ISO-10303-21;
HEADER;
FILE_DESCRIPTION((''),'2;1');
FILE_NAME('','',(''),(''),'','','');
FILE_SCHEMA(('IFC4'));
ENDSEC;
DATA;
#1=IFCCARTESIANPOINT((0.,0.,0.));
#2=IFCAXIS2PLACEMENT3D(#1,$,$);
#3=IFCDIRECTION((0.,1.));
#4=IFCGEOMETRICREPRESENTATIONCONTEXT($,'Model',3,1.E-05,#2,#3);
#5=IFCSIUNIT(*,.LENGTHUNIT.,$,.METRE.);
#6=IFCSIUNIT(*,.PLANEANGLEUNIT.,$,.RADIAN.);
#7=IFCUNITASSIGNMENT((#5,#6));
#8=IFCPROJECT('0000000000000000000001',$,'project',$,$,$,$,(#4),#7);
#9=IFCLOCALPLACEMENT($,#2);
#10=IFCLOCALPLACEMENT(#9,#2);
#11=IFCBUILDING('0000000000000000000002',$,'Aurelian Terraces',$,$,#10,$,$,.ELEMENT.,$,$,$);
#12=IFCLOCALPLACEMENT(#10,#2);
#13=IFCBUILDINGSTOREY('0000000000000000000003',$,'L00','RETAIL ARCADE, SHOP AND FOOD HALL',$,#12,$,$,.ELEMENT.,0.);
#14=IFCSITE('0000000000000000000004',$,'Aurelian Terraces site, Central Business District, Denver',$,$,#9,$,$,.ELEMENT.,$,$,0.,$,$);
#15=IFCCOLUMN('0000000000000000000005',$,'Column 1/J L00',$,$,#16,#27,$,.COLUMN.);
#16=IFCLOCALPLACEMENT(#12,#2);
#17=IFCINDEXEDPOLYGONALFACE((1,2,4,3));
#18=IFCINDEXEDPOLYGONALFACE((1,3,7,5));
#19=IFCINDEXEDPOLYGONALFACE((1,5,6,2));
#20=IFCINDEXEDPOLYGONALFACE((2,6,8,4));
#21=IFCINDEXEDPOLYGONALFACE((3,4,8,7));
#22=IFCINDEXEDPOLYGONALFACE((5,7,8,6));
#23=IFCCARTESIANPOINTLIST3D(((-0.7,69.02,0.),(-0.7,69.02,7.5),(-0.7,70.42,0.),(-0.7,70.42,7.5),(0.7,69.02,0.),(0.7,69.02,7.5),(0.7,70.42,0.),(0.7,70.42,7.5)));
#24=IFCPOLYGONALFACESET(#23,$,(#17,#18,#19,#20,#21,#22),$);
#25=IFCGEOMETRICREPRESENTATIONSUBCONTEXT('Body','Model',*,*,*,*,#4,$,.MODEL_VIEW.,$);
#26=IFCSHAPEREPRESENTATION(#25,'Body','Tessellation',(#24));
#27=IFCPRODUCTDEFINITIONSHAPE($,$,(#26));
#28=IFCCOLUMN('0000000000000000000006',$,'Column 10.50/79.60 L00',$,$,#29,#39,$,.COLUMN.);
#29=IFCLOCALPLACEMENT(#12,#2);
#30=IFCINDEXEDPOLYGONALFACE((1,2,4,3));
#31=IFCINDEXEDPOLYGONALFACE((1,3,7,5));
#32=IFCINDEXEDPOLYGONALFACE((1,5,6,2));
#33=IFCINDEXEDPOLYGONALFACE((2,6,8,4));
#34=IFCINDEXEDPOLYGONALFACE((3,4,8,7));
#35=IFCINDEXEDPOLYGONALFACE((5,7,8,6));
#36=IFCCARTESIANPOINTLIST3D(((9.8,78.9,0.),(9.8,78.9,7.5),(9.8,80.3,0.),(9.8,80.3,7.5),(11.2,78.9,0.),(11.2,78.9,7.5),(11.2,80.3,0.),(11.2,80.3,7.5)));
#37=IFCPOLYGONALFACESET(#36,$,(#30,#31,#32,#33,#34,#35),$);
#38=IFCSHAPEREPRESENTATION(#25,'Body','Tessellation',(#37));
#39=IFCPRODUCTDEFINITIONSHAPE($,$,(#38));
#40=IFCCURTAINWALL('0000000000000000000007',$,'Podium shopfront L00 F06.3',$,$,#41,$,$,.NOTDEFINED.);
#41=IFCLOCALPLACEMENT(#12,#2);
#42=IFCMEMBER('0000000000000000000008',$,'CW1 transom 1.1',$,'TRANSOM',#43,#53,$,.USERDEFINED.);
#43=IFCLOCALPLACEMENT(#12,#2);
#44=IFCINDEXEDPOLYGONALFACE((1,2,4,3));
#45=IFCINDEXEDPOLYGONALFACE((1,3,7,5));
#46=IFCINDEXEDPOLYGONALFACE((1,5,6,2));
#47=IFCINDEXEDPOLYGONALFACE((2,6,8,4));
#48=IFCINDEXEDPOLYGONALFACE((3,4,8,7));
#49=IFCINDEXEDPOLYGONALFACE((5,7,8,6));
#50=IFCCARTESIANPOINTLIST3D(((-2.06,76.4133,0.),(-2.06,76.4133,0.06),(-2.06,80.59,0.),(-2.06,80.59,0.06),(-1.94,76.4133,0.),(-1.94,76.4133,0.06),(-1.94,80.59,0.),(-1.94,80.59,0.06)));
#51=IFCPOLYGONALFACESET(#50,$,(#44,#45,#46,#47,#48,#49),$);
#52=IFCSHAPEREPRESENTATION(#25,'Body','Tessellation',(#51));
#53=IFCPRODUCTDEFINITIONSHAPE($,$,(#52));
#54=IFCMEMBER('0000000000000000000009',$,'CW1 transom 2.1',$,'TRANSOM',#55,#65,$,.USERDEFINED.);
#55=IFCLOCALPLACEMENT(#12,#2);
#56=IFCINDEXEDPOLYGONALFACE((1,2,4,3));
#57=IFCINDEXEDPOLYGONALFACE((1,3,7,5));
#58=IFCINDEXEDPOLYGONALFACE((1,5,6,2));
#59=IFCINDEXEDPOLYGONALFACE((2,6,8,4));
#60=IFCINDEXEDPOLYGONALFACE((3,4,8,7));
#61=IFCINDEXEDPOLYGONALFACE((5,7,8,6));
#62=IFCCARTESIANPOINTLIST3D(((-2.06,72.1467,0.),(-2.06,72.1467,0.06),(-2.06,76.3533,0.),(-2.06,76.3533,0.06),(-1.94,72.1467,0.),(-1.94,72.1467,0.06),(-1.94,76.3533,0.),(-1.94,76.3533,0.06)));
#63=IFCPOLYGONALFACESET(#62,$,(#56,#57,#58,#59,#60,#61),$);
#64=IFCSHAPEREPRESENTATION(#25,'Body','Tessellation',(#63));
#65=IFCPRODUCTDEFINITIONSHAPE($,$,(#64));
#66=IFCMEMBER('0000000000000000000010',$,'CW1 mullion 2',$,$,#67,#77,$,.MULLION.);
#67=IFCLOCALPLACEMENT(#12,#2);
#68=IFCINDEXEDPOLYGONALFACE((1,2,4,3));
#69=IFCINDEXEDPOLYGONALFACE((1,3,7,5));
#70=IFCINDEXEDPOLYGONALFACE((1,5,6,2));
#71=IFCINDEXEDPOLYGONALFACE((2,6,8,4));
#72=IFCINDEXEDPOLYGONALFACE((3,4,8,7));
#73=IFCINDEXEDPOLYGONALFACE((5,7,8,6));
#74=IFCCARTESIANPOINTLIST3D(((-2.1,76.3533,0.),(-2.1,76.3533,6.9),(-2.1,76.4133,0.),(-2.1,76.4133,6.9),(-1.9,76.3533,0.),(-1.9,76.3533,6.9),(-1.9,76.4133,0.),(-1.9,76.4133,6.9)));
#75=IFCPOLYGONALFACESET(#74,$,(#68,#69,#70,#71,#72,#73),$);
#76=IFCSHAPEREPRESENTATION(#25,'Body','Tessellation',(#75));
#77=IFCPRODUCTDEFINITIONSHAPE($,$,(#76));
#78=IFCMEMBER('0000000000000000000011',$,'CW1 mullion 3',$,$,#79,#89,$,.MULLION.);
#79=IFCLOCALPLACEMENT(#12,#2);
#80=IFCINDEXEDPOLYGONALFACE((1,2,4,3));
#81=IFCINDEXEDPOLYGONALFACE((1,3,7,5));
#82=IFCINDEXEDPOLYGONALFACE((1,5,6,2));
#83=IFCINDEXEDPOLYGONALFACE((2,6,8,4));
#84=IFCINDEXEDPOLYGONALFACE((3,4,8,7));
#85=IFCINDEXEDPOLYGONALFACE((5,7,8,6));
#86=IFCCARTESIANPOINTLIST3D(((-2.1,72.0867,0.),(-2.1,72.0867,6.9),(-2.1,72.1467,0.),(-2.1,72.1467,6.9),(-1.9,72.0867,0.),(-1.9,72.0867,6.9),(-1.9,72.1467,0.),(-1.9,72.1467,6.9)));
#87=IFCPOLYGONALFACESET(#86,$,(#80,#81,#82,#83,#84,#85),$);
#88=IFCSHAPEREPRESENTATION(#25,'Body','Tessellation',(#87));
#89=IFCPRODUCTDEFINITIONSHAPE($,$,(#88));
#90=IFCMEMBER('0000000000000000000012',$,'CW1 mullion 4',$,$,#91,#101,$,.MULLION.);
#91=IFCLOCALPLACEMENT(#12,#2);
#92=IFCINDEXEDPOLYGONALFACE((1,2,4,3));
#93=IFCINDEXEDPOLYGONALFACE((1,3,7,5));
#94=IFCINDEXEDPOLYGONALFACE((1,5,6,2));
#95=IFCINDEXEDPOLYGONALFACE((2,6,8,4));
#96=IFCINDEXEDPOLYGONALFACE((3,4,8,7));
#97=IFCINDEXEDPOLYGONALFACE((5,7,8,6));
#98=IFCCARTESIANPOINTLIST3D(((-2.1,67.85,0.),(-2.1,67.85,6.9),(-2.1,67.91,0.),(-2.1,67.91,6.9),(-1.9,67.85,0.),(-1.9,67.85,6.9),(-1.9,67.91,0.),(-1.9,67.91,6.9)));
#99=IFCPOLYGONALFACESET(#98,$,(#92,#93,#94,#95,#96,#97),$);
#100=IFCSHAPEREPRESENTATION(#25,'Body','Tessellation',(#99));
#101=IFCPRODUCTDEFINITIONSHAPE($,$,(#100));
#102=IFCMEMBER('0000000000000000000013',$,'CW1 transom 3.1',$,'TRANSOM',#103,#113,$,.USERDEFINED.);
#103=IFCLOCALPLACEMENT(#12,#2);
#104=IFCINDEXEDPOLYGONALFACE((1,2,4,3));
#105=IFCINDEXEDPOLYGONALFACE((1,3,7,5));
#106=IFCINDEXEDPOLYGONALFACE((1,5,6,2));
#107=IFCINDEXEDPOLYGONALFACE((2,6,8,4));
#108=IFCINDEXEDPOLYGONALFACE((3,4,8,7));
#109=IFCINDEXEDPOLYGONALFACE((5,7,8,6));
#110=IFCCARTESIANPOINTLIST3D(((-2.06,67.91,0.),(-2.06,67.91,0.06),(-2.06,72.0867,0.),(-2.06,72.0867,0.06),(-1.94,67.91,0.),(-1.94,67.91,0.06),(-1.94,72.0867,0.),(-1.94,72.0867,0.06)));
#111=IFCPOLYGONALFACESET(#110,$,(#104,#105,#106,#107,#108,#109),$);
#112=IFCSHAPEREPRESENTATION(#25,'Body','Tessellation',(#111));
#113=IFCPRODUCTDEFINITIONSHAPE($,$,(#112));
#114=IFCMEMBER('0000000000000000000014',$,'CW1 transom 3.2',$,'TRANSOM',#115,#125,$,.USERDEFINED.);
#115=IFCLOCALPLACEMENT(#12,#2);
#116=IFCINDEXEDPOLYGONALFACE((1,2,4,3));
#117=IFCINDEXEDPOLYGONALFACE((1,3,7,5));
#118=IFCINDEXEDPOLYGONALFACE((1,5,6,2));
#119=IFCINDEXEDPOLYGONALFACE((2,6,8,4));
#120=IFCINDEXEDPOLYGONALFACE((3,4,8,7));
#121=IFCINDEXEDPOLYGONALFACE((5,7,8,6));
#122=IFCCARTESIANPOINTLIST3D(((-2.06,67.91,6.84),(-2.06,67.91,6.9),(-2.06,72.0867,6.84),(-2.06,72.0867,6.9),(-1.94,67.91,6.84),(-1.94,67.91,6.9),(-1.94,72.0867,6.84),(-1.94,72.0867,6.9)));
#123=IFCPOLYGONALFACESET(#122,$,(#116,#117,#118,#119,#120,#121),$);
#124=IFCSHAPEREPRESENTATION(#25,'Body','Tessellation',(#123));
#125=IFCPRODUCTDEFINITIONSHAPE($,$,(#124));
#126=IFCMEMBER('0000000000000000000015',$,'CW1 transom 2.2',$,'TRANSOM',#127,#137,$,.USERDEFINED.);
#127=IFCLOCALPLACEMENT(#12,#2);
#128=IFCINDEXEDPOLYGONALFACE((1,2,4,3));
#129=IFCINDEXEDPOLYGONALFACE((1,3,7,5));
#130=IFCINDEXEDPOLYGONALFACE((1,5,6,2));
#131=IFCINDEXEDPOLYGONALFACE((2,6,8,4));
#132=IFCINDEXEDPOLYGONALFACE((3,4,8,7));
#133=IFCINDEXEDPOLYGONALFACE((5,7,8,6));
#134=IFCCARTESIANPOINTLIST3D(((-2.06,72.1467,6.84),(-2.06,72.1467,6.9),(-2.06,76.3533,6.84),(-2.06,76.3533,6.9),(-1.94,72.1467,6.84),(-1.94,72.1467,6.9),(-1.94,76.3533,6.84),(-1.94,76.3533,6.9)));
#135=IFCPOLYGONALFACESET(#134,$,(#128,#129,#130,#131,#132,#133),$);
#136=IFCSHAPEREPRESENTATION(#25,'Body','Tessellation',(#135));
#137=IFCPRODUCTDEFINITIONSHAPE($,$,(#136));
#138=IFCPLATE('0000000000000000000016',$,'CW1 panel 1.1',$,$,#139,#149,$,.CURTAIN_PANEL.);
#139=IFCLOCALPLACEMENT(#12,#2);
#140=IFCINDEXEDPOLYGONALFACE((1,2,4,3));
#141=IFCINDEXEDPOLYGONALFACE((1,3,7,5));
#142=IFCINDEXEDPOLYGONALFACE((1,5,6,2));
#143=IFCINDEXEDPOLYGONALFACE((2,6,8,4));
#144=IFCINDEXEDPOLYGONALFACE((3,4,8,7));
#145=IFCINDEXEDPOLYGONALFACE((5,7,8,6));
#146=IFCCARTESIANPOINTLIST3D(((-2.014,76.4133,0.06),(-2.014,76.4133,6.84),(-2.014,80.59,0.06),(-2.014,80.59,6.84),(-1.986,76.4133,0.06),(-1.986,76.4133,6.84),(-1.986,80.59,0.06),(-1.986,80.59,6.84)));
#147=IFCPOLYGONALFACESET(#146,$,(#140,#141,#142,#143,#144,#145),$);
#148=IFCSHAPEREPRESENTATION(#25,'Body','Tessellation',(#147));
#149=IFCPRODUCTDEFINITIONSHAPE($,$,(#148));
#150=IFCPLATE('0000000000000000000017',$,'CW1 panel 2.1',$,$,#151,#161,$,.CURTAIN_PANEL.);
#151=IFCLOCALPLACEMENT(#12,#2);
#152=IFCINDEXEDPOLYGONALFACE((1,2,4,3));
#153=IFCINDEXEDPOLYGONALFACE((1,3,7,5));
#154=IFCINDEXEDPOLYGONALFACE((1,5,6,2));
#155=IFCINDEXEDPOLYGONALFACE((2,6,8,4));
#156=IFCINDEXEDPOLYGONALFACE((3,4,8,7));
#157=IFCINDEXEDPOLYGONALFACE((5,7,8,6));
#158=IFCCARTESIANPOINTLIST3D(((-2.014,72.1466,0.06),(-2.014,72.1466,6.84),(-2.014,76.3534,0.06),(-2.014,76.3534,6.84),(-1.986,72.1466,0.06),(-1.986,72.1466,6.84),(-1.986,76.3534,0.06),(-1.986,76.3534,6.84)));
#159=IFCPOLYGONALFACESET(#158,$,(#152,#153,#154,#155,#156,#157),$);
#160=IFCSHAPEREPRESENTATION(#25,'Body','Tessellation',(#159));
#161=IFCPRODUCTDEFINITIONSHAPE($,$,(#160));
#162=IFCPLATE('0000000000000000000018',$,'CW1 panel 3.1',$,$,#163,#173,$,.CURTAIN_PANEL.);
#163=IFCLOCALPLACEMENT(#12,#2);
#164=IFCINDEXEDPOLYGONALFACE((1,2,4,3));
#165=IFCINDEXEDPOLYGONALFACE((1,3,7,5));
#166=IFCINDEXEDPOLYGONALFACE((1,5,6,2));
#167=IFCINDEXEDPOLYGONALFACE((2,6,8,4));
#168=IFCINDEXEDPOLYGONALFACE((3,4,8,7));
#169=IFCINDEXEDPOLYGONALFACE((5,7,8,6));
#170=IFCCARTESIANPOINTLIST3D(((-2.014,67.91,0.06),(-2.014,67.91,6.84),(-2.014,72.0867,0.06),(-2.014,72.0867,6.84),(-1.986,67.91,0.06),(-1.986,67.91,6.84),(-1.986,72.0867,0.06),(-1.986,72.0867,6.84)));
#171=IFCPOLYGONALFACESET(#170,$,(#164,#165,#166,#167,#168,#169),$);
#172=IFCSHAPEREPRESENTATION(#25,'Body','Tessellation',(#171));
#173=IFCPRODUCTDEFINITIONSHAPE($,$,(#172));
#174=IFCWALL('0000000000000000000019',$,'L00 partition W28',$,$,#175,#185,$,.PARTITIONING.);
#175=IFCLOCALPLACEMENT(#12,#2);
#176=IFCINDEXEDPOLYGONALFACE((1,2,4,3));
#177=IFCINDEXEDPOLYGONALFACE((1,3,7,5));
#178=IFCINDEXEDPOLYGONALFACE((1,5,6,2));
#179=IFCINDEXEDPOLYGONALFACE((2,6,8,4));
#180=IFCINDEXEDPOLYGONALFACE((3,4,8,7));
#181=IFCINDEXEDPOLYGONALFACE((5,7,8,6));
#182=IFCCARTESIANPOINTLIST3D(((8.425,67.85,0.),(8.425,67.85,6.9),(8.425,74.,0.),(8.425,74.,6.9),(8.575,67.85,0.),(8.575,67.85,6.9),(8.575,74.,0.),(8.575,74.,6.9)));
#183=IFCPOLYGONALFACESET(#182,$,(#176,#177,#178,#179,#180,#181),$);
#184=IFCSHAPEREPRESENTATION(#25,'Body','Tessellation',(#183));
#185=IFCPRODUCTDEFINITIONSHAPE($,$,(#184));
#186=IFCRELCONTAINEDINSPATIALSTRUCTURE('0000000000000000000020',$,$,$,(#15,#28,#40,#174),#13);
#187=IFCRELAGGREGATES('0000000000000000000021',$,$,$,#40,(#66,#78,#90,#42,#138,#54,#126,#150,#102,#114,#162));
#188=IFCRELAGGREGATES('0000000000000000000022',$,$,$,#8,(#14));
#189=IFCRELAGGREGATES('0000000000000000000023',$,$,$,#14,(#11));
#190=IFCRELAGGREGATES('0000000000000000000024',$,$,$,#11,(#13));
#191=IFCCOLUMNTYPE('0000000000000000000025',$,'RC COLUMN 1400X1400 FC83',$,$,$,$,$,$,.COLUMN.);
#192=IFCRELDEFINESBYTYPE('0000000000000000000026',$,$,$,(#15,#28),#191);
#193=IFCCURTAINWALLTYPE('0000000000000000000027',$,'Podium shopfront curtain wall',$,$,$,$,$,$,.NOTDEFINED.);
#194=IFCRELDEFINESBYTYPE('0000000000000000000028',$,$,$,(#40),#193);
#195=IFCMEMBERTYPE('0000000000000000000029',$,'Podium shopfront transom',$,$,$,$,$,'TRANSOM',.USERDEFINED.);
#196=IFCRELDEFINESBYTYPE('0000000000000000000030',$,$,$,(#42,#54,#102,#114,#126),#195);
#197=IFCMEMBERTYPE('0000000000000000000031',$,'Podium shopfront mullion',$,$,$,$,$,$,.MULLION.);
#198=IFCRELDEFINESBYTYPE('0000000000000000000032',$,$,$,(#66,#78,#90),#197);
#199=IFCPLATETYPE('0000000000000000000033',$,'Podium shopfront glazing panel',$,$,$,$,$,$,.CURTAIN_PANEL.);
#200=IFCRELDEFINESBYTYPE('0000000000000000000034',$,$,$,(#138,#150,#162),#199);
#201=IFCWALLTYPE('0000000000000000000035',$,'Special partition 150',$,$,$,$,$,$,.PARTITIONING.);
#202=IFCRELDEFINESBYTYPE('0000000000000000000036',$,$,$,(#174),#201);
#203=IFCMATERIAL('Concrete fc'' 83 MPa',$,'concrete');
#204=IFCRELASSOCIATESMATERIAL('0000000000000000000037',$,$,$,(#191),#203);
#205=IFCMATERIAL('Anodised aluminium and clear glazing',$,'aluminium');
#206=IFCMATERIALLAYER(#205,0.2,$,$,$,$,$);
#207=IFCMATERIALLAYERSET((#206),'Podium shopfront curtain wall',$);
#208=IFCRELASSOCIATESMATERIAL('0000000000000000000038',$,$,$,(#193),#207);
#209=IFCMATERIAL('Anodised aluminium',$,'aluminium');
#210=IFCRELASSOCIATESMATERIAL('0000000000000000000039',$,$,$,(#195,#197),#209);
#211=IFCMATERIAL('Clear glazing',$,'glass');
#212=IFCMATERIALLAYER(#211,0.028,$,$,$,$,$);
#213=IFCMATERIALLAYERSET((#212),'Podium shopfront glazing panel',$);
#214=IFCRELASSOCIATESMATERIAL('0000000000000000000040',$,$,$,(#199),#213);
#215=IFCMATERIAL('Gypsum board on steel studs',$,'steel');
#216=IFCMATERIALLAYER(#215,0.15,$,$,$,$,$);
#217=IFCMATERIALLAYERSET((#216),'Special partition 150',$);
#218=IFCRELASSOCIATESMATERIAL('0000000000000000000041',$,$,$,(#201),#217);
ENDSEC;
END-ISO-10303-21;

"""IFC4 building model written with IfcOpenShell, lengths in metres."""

from ifc_helpers import new_model, si_unit, direction, frame, frame_2d, origin, origin_2d, place, context, subcontext, project, spatial, rectangle, extrude, source, transform, mapped, material, layer, layer_set, material_profile, profile_set, type_object, element, aggregate, save


model = new_model("IFC4")

# Units and contexts
model_context = context("Model", 3, precision=1e-05, world=origin(), true_north=direction((0.0, 1.0)))
body_context = subcontext(model_context, "Body", "Model", "MODEL_VIEW")
ifc_project = project(units=[si_unit("LENGTHUNIT", "METRE"), si_unit("PLANEANGLEUNIT", "RADIAN")], contexts=[model_context])

# Site, building, storey
site_placement = place(None, origin())
site = spatial("IfcSite", under=ifc_project, at=site_placement, Name="Aurelian Terraces site, Central Business District, Denver", CompositionType="ELEMENT", RefElevation=0.0)
building_placement = place(site_placement, origin())
building = spatial("IfcBuilding", under=site, at=building_placement, Name="Aurelian Terraces", CompositionType="ELEMENT")
storey_placement = place(building_placement, origin())
storey = spatial("IfcBuildingStorey", under=building, at=storey_placement, Name="L00", Description="RETAIL ARCADE, SHOP AND FOOD HALL", CompositionType="ELEMENT", Elevation=0.0)

# Columns
ifc_material_1 = material(Name="Concrete fc' 83 MPa", Category="concrete")
ifc_material_profile_1 = material_profile(ifc_material_1, rectangle(XDim=1.4, YDim=1.4, at=origin_2d()))
ifc_profile_set_1 = profile_set([ifc_material_profile_1], Name="Concrete fc' 83 MPa")
column_type = type_object("IfcColumnType", Name="RC COLUMN 1400X1400 FC83", PredefinedType="COLUMN", material=ifc_profile_set_1)
shared_shape_1 = source(origin(), body_context, "Body", "SweptSolid", [
    extrude(rectangle(XDim=1.4, YDim=1.4, at=origin_2d()), origin(), (0.0, 0.0, 1.0), 7.5),
])
for number, where, z_axis, x_axis, name in (
    (1, (0.0, 69.72, 0.0), (0.0, 0.0, 1.0), (1.0, 0.0, 0.0), "Column 1/J L00"),
    (2, (10.5, 79.6, 0.0), (0.0, 0.0, 1.0), (1.0, 0.0, 0.0), "Column 10.50/79.60 L00"),
):
    element("IfcColumn", number, at=place(storey_placement, frame(where, z_axis=z_axis, x_axis=x_axis)), inside=storey, type_object=column_type, Name=name, PredefinedType="COLUMN", context=body_context, shape_type="MappedRepresentation", body=[
        mapped(shared_shape_1, transform((0.0, 0.0, 0.0), scale=1.0)),
    ])

# Curtain wall, members, plates
ifc_material_2 = material(Name="Anodised aluminium and clear glazing", Category="aluminium")
ifc_layer_1 = layer(ifc_material_2, 0.2)
ifc_layer_set_1 = layer_set([ifc_layer_1], Name="Podium shopfront curtain wall")
curtain_wall_type = type_object("IfcCurtainWallType", Name="Podium shopfront curtain wall", PredefinedType="NOTDEFINED", material=ifc_layer_set_1)
curtain_wall_placement = place(storey_placement, origin())
curtain_wall = element("IfcCurtainWall", 3, at=curtain_wall_placement, inside=storey, type_object=curtain_wall_type, Name="Podium shopfront L00 F06.3", PredefinedType="NOTDEFINED")
ifc_material_3 = material(Name="Anodised aluminium", Category="aluminium")
ifc_material_profile_2 = material_profile(ifc_material_3, rectangle(XDim=0.12, YDim=0.06, at=origin_2d()))
ifc_profile_set_2 = profile_set([ifc_material_profile_2], Name="Anodised aluminium")
member_type_1 = type_object("IfcMemberType", Name="Podium shopfront transom", ElementType="TRANSOM", PredefinedType="USERDEFINED", material=ifc_profile_set_2)
member_1_placement = place(storey_placement, frame((-2.0, 80.59, 0.03), z_axis=(0.0, -1.0, 0.0), x_axis=(1.0, 0.0, 0.0)))
member_1 = element("IfcMember", 4, at=member_1_placement, type_object=member_type_1, Name="CW1 transom 1.1", ObjectType="TRANSOM", PredefinedType="USERDEFINED", context=body_context, shape_type="SweptSolid", body=[
    extrude(rectangle(XDim=0.12, YDim=0.06, at=origin_2d()), origin(), (0.0, 0.0, 1.0), 4.1767),
])
member_2_placement = place(storey_placement, frame((-2.0, 76.3533, 0.03), z_axis=(0.0, -1.0, 0.0), x_axis=(1.0, 0.0, 0.0)))
member_2 = element("IfcMember", 5, at=member_2_placement, type_object=member_type_1, Name="CW1 transom 2.1", ObjectType="TRANSOM", PredefinedType="USERDEFINED", context=body_context, shape_type="SweptSolid", body=[
    extrude(rectangle(XDim=0.12, YDim=0.06, at=origin_2d()), origin(), (0.0, 0.0, 1.0), 4.2066),
])
ifc_material_profile_3 = material_profile(ifc_material_3, rectangle(XDim=0.2, YDim=0.06, at=origin_2d()))
ifc_profile_set_3 = profile_set([ifc_material_profile_3], Name="Anodised aluminium")
member_type_2 = type_object("IfcMemberType", Name="Podium shopfront mullion", PredefinedType="MULLION", material=ifc_profile_set_3)
shared_shape_2 = source(origin(), body_context, "Body", "SweptSolid", [
    extrude(rectangle(XDim=0.2, YDim=0.06, at=origin_2d()), origin(), (0.0, 0.0, 1.0), 6.9),
])
member_3_placement = place(storey_placement, frame((-2.0, 76.3833, 0.0), z_axis=(0.0, 0.0, 1.0), x_axis=(1.0, 0.0, 0.0)))
member_3 = element("IfcMember", 6, at=member_3_placement, type_object=member_type_2, Name="CW1 mullion 2", PredefinedType="MULLION", context=body_context, shape_type="MappedRepresentation", body=[
    mapped(shared_shape_2, transform((0.0, 0.0, 0.0), scale=1.0)),
])
member_4_placement = place(storey_placement, frame((-2.0, 72.1167, 0.0), z_axis=(0.0, 0.0, 1.0), x_axis=(1.0, 0.0, 0.0)))
member_4 = element("IfcMember", 7, at=member_4_placement, type_object=member_type_2, Name="CW1 mullion 3", PredefinedType="MULLION", context=body_context, shape_type="MappedRepresentation", body=[
    mapped(shared_shape_2, transform((0.0, 0.0, 0.0), scale=1.0)),
])
member_5_placement = place(storey_placement, frame((-2.0, 67.88, 0.0), z_axis=(0.0, 0.0, 1.0), x_axis=(1.0, 0.0, 0.0)))
member_5 = element("IfcMember", 8, at=member_5_placement, type_object=member_type_2, Name="CW1 mullion 4", PredefinedType="MULLION", context=body_context, shape_type="MappedRepresentation", body=[
    mapped(shared_shape_2, transform((0.0, 0.0, 0.0), scale=1.0)),
])
shared_shape_3 = source(origin(), body_context, "Body", "SweptSolid", [
    extrude(rectangle(XDim=0.12, YDim=0.06, at=origin_2d()), origin(), (0.0, 0.0, 1.0), 4.1767),
])
member_6_placement = place(storey_placement, frame((-2.0, 72.0867, 0.03), z_axis=(0.0, -1.0, 0.0), x_axis=(1.0, 0.0, 0.0)))
member_6 = element("IfcMember", 9, at=member_6_placement, type_object=member_type_1, Name="CW1 transom 3.1", ObjectType="TRANSOM", PredefinedType="USERDEFINED", context=body_context, shape_type="MappedRepresentation", body=[
    mapped(shared_shape_3, transform((0.0, 0.0, 0.0), scale=1.0)),
])
member_7_placement = place(storey_placement, frame((-2.0, 72.0867, 6.87), z_axis=(0.0, -1.0, 0.0), x_axis=(1.0, 0.0, 0.0)))
member_7 = element("IfcMember", 10, at=member_7_placement, type_object=member_type_1, Name="CW1 transom 3.2", ObjectType="TRANSOM", PredefinedType="USERDEFINED", context=body_context, shape_type="MappedRepresentation", body=[
    mapped(shared_shape_3, transform((0.0, 0.0, 0.0), scale=1.0)),
])
shared_shape_4 = source(origin(), body_context, "Body", "SweptSolid", [
    extrude(rectangle(XDim=0.12, YDim=0.06, at=origin_2d()), origin(), (0.0, 0.0, 1.0), 4.2066),
])
member_8_placement = place(storey_placement, frame((-2.0, 76.3533, 6.87), z_axis=(0.0, -1.0, 0.0), x_axis=(1.0, 0.0, 0.0)))
member_8 = element("IfcMember", 11, at=member_8_placement, type_object=member_type_1, Name="CW1 transom 2.2", ObjectType="TRANSOM", PredefinedType="USERDEFINED", context=body_context, shape_type="MappedRepresentation", body=[
    mapped(shared_shape_4, transform((0.0, 0.0, 0.0), scale=1.0)),
])
ifc_material_4 = material(Name="Clear glazing", Category="glass")
ifc_layer_2 = layer(ifc_material_4, 0.028)
ifc_layer_set_2 = layer_set([ifc_layer_2], Name="Podium shopfront glazing panel")
plate_type = type_object("IfcPlateType", Name="Podium shopfront glazing panel", PredefinedType="CURTAIN_PANEL", material=ifc_layer_set_2)
plate_1_placement = place(storey_placement, frame((-2.0, 78.5017, 0.06), z_axis=(0.0, 0.0, 1.0), x_axis=(0.0, -1.0, 0.0)))
plate_1 = element("IfcPlate", 12, at=plate_1_placement, type_object=plate_type, Name="CW1 panel 1.1", PredefinedType="CURTAIN_PANEL", context=body_context, shape_type="SweptSolid", body=[
    extrude(rectangle(XDim=4.1767, YDim=0.028, at=origin_2d()), origin(), (0.0, 0.0, 1.0), 6.78),
])
plate_2_placement = place(storey_placement, frame((-2.0, 74.25, 0.06), z_axis=(0.0, 0.0, 1.0), x_axis=(0.0, -1.0, 0.0)))
plate_2 = element("IfcPlate", 13, at=plate_2_placement, type_object=plate_type, Name="CW1 panel 2.1", PredefinedType="CURTAIN_PANEL", context=body_context, shape_type="SweptSolid", body=[
    extrude(rectangle(XDim=4.2067, YDim=0.028, at=origin_2d()), origin(), (0.0, 0.0, 1.0), 6.78),
])
shared_shape_5 = source(origin(), body_context, "Body", "SweptSolid", [
    extrude(rectangle(XDim=4.1767, YDim=0.028, at=origin_2d()), origin(), (0.0, 0.0, 1.0), 6.78),
])
plate_3_placement = place(storey_placement, frame((-2.0, 69.9983, 0.06), z_axis=(0.0, 0.0, 1.0), x_axis=(0.0, -1.0, 0.0)))
plate_3 = element("IfcPlate", 14, at=plate_3_placement, type_object=plate_type, Name="CW1 panel 3.1", PredefinedType="CURTAIN_PANEL", context=body_context, shape_type="MappedRepresentation", body=[
    mapped(shared_shape_5, transform((0.0, 0.0, 0.0), scale=1.0)),
])
aggregate(curtain_wall, [member_3, member_4, member_5, member_1, plate_1, member_2, member_8, plate_2, member_6, member_7, plate_3])

# Wall
ifc_material_5 = material(Name="Gypsum board on steel studs", Category="steel")
ifc_layer_3 = layer(ifc_material_5, 0.15)
ifc_layer_set_3 = layer_set([ifc_layer_3], Name="Special partition 150")
wall_type_1 = type_object("IfcWallType", Name="Special partition 150", PredefinedType="PARTITIONING", material=ifc_layer_set_3)
wall_1_placement = place(storey_placement, frame((8.5, 67.85, 0.0), z_axis=(0.0, 0.0, 1.0), x_axis=(0.0, 1.0, 0.0)))
element("IfcWall", 15, at=wall_1_placement, inside=storey, type_object=wall_type_1, Name="L00 partition W28", PredefinedType="PARTITIONING", context=body_context, shape_type="SweptSolid", body=[
    extrude(rectangle(XDim=6.15, YDim=0.15, at=frame_2d((3.075, 0.0))), origin(), (0.0, 0.0, 1.0), 6.9),
])

save(model, "model.ifc")
